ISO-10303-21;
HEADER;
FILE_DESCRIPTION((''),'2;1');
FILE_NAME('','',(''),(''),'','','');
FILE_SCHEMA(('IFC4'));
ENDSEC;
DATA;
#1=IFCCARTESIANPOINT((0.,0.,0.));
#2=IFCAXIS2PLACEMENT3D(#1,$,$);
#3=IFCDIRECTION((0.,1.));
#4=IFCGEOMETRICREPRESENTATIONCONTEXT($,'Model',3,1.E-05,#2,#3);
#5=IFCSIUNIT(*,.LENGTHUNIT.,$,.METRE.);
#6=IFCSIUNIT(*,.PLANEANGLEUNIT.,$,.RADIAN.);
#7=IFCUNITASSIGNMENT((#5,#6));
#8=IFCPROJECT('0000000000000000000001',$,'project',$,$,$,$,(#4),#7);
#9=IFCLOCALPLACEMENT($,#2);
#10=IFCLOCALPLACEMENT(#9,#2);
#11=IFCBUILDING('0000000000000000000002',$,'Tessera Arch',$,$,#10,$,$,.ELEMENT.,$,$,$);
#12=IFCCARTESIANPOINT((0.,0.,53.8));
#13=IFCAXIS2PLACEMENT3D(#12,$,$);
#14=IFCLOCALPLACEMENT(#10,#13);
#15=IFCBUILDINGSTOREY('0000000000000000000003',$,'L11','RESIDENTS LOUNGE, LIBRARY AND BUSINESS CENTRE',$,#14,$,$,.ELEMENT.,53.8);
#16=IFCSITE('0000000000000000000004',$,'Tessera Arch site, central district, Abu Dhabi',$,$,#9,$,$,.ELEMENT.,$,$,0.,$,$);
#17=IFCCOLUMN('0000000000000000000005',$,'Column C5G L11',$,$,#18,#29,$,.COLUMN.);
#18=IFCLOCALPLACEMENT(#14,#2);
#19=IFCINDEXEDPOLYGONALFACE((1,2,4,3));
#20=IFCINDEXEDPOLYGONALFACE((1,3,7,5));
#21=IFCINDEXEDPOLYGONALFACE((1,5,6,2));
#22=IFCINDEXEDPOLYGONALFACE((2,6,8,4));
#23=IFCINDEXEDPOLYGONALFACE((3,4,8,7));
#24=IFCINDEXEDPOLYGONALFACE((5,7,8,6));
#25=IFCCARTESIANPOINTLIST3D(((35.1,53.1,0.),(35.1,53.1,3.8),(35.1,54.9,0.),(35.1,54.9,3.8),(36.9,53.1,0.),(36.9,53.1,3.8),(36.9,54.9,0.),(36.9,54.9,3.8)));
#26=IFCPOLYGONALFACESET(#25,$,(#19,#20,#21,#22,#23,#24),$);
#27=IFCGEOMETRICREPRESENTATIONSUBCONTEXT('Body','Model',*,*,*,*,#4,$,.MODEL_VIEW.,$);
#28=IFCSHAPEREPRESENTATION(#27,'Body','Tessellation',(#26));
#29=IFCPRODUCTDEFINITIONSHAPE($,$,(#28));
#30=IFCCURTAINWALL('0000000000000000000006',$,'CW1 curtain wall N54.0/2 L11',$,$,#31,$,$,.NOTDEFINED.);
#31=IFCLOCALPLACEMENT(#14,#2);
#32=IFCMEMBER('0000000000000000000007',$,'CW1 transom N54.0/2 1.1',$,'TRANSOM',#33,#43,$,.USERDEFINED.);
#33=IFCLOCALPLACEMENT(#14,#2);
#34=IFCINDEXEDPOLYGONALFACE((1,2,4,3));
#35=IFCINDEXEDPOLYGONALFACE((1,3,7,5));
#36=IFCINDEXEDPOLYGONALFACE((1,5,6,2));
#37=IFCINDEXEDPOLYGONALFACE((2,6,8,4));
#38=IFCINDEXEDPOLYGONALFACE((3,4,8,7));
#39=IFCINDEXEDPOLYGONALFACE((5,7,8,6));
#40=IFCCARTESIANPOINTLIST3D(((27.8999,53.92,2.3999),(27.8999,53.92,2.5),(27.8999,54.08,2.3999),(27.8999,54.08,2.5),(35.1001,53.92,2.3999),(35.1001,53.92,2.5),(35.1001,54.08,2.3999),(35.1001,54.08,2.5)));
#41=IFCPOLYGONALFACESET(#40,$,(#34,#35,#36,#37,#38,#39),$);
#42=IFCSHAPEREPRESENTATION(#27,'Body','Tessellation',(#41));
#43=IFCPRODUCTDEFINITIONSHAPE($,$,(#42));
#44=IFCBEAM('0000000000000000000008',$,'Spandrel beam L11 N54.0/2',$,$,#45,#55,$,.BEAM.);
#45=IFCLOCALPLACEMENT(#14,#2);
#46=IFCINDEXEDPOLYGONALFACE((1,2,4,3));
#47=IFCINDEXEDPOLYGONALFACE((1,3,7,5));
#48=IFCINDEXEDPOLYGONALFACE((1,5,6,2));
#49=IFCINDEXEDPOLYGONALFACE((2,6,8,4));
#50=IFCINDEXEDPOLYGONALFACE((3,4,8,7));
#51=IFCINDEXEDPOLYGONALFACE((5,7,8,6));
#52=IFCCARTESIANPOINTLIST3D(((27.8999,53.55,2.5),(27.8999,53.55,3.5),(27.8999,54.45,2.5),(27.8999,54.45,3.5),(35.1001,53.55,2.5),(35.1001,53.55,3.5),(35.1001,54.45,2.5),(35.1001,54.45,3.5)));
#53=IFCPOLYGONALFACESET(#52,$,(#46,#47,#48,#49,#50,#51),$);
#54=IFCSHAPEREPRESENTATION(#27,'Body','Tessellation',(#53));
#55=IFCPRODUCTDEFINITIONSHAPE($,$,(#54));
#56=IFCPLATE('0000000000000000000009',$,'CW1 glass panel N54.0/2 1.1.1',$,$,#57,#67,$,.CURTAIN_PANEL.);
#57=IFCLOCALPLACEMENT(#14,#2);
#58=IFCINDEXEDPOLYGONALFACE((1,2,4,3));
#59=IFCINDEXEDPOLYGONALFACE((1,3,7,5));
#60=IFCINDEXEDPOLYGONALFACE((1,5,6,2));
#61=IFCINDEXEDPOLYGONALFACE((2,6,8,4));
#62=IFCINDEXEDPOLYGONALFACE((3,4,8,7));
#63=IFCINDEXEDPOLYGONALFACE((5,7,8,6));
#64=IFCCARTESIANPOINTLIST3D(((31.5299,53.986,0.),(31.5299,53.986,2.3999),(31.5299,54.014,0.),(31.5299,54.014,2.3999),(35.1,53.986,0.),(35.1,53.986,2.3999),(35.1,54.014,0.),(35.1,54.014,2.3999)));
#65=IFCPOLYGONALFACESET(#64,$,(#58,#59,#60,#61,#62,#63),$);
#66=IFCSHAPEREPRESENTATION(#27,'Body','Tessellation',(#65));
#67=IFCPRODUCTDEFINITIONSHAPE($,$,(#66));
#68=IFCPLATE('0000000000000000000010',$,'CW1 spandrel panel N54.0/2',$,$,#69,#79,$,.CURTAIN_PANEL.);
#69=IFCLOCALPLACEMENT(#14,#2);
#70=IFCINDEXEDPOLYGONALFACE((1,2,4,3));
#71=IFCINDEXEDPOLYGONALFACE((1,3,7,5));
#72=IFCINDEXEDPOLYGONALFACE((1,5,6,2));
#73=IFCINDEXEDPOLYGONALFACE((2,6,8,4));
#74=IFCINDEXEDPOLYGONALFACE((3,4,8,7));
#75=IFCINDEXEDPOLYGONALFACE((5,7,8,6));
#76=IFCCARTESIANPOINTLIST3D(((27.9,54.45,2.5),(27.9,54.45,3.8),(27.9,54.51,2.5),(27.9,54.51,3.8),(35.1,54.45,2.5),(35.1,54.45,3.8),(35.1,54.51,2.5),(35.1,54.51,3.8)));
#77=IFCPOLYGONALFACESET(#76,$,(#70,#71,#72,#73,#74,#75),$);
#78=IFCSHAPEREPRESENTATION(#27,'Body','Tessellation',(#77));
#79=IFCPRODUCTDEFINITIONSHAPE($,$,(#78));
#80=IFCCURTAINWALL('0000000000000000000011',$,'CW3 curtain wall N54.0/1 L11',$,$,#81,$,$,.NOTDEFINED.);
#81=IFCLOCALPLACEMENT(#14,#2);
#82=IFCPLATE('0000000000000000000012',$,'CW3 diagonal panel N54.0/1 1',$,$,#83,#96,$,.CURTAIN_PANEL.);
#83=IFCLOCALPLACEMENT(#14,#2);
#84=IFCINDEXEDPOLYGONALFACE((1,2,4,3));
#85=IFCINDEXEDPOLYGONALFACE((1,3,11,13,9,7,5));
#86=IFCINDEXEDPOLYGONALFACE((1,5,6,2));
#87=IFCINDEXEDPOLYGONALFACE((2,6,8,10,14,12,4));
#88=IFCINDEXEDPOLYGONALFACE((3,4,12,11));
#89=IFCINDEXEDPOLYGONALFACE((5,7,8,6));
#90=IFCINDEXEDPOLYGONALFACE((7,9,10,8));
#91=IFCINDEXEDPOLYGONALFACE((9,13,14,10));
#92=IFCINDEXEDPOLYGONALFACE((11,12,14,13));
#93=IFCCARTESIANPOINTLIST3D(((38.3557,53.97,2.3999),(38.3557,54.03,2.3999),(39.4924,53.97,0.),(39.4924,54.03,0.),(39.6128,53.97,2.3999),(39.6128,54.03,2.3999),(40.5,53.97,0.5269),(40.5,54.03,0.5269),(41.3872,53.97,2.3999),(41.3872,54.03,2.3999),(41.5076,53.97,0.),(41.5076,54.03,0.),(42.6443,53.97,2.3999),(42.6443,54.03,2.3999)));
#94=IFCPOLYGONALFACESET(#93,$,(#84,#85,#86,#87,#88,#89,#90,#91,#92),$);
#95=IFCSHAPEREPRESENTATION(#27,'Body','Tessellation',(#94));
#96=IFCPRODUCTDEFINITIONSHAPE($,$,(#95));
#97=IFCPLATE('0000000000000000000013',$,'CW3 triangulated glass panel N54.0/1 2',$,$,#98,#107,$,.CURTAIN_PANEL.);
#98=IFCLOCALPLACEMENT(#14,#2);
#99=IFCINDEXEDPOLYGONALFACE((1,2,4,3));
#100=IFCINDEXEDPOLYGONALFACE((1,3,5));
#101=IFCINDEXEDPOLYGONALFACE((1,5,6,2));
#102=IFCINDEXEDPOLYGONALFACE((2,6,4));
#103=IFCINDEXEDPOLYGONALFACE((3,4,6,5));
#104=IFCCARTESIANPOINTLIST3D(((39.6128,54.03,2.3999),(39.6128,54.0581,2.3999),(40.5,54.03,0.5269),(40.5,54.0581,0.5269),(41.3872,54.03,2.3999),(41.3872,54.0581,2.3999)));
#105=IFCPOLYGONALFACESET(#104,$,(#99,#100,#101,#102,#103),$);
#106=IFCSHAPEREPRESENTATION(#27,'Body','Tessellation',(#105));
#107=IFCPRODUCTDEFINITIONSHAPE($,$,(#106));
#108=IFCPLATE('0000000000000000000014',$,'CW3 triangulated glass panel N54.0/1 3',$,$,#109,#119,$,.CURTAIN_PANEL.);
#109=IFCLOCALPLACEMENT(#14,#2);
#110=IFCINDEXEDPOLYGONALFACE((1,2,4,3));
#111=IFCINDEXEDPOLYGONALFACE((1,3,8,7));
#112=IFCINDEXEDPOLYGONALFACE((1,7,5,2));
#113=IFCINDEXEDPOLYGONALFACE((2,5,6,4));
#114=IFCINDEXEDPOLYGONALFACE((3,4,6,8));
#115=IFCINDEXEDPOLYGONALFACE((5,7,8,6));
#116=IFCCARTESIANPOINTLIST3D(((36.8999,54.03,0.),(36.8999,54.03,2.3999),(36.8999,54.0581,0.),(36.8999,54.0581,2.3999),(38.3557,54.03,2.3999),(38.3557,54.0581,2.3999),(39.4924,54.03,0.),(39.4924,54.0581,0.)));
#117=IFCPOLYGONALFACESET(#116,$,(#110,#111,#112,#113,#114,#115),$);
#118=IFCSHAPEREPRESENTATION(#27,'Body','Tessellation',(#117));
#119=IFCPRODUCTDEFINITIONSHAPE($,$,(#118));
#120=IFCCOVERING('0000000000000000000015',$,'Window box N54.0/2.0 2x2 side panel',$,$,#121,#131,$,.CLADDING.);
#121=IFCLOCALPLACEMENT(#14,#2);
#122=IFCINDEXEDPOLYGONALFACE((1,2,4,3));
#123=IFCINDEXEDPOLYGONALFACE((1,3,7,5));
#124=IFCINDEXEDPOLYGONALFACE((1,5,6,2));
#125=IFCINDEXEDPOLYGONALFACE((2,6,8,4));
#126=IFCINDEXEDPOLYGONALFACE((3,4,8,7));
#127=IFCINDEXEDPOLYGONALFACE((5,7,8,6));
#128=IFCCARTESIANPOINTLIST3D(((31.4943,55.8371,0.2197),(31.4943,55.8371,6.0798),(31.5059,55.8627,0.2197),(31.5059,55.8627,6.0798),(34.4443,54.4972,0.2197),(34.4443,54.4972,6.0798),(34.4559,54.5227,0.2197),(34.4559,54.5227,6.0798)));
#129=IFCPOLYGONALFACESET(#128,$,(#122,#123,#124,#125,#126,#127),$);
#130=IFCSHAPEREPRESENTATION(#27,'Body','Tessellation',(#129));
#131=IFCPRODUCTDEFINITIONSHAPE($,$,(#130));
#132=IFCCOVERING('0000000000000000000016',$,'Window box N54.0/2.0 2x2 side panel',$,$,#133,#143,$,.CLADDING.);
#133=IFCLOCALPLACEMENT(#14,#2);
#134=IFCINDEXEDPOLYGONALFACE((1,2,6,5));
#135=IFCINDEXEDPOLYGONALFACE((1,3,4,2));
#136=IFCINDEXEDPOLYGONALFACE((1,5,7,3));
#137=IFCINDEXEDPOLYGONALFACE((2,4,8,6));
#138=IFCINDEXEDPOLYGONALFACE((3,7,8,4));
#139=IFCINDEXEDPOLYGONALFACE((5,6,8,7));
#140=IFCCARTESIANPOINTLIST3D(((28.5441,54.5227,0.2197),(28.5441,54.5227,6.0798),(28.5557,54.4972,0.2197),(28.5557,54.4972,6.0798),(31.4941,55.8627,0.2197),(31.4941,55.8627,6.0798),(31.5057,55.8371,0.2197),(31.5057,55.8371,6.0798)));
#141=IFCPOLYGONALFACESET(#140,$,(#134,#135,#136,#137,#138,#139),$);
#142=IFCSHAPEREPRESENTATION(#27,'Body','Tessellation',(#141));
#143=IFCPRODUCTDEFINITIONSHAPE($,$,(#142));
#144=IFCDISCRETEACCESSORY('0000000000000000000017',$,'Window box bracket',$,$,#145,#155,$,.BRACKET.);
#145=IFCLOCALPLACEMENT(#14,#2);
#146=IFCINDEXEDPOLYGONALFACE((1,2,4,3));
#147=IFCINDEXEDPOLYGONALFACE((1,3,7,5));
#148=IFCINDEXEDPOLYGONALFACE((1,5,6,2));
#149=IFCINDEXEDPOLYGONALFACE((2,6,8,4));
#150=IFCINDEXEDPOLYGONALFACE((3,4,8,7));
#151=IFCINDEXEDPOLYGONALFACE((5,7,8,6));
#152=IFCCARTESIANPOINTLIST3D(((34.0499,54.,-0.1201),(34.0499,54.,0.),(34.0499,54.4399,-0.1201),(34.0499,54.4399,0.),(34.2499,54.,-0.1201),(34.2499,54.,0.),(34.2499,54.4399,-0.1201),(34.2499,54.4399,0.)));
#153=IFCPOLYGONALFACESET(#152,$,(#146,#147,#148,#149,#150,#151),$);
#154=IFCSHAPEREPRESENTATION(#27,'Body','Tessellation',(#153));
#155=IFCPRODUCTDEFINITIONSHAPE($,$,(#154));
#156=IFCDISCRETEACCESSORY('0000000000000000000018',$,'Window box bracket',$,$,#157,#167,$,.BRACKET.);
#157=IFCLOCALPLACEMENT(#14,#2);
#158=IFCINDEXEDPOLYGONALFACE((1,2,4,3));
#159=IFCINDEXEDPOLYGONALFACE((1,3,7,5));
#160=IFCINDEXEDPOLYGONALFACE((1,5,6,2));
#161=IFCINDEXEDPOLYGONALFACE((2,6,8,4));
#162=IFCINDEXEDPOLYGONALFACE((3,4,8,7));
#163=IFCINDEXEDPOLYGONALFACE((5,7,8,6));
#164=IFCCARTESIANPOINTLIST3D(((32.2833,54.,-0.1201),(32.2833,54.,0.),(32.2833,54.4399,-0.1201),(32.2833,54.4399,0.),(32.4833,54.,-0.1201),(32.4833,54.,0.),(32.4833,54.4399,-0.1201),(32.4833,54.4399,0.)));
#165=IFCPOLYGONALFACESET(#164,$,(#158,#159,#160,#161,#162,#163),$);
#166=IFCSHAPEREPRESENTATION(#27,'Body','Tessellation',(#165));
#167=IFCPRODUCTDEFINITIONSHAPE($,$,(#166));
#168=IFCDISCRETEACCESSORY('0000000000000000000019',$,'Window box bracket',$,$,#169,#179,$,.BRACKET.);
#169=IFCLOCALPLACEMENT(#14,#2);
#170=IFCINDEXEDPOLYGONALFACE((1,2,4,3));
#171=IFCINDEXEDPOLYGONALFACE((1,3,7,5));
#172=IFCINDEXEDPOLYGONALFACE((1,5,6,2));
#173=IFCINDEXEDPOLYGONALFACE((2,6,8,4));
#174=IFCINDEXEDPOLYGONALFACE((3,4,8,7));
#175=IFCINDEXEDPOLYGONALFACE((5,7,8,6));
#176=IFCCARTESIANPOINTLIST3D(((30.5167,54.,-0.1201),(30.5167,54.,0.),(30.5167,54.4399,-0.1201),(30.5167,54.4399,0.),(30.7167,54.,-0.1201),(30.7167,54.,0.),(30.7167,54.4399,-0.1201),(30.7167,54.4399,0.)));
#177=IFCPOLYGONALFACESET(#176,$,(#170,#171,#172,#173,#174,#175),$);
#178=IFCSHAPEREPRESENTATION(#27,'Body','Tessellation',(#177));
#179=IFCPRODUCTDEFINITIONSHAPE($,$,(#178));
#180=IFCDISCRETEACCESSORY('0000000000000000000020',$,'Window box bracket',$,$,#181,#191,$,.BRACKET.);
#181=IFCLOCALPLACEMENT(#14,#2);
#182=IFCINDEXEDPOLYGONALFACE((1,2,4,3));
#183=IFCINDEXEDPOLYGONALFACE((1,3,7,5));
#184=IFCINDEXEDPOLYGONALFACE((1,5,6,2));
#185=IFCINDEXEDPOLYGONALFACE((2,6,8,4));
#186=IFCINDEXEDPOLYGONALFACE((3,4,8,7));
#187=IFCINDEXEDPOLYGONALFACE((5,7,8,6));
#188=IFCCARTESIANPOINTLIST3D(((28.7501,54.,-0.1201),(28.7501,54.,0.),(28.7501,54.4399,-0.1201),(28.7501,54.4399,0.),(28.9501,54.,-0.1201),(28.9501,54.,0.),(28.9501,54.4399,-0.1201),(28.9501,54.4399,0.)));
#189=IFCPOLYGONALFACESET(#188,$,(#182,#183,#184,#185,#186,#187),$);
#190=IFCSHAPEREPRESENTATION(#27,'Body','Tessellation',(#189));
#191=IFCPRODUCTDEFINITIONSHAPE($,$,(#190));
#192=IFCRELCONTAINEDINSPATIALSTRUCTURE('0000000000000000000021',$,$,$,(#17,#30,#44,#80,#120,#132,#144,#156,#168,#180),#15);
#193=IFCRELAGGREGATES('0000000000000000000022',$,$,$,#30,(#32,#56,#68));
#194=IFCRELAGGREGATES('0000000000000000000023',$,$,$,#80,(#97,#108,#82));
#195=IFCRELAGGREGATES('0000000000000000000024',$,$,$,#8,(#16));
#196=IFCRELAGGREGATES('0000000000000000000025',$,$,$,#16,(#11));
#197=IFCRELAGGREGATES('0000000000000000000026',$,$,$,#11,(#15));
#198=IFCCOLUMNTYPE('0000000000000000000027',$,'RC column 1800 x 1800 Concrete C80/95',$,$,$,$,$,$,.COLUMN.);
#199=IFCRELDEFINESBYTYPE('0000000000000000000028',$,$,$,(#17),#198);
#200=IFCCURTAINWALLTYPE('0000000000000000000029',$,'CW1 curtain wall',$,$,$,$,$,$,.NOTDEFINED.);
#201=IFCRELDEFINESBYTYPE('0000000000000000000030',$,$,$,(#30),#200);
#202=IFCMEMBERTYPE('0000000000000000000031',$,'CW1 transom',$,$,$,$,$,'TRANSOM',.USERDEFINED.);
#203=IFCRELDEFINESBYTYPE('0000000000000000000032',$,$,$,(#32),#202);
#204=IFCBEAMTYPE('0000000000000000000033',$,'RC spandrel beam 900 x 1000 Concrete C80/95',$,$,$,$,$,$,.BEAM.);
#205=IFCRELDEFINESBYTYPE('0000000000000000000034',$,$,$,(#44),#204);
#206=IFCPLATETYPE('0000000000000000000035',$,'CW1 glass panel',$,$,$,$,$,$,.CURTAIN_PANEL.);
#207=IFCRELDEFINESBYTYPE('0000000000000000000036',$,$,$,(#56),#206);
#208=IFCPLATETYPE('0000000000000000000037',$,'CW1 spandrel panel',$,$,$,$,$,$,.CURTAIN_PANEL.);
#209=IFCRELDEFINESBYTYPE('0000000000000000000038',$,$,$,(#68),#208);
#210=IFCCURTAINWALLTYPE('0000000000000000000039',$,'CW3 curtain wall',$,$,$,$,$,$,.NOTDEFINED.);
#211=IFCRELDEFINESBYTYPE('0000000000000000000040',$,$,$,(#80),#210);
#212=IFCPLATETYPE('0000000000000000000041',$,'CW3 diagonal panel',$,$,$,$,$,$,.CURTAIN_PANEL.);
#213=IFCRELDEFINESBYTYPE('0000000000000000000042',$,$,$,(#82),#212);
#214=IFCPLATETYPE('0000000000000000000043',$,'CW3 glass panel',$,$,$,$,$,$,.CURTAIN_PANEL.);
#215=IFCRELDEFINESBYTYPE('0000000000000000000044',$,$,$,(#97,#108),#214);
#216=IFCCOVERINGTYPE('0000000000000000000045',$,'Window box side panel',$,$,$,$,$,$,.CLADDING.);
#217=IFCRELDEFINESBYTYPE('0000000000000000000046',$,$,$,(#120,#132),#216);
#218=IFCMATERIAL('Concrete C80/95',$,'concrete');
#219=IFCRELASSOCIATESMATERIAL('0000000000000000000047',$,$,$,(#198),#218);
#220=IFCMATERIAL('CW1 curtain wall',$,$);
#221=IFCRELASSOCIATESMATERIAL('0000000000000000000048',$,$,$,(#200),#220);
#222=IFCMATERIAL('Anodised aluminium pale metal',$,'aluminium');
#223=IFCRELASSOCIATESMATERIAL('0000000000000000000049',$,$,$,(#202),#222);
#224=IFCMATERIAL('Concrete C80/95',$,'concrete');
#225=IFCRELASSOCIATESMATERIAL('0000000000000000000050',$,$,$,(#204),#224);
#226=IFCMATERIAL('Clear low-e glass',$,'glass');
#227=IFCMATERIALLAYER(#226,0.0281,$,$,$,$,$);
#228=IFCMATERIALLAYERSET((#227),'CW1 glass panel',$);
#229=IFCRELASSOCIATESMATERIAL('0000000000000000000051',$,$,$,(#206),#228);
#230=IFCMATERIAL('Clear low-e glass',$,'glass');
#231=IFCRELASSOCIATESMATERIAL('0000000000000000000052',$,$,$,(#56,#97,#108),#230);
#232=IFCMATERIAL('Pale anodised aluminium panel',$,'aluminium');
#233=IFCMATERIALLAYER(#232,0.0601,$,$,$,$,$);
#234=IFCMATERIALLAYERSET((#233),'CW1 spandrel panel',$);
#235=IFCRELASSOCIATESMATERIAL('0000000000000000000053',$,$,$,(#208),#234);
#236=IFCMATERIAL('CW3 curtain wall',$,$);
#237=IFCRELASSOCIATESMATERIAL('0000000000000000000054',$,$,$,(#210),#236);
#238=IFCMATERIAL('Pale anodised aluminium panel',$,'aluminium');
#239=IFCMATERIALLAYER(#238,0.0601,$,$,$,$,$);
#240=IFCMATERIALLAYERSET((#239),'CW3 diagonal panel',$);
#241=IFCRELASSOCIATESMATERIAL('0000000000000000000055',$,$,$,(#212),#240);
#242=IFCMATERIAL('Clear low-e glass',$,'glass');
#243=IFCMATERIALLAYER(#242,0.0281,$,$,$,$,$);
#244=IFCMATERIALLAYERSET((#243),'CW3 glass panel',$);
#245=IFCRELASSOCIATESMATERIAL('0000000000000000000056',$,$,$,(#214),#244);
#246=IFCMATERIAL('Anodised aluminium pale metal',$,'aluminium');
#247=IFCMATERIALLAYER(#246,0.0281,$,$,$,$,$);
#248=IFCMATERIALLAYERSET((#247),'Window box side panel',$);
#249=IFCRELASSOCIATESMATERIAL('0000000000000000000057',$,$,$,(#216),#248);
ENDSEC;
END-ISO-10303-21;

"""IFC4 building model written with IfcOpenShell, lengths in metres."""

from ifc_helpers import new_model, si_unit, direction, frame, origin, origin_2d, place, context, subcontext, project, spatial, polyline, rectangle, outline, extrude, material, layer, layer_set, material_profile, profile_set, type_object, element, aggregate, save


model = new_model("IFC4")

# Units and contexts
model_context = context("Model", 3, precision=1e-05, world=origin(), true_north=direction((0.0, 1.0)))
body_context = subcontext(model_context, "Body", "Model", "MODEL_VIEW")
ifc_project = project(units=[si_unit("LENGTHUNIT", "METRE"), si_unit("PLANEANGLEUNIT", "RADIAN")], contexts=[model_context])

# Site, building, storey
site_placement = place(None, origin())
site = spatial("IfcSite", under=ifc_project, at=site_placement, Name="Tessera Arch site, central district, Abu Dhabi", CompositionType="ELEMENT", RefElevation=0.0)
building_placement = place(site_placement, origin())
building = spatial("IfcBuilding", under=site, at=building_placement, Name="Tessera Arch", CompositionType="ELEMENT")
storey_placement = place(building_placement, frame((0.0, 0.0, 53.8)))
storey = spatial("IfcBuildingStorey", under=building, at=storey_placement, Name="L11", Description="RESIDENTS LOUNGE, LIBRARY AND BUSINESS CENTRE", CompositionType="ELEMENT", Elevation=53.8)

# Column
ifc_material_1 = material(Name="Concrete C80/95", Category="concrete")
ifc_material_profile_1 = material_profile(ifc_material_1, rectangle(XDim=1.8, YDim=1.8, at=origin_2d()), Name="RC column 1800 x 1800 Concrete C80/95")
ifc_profile_set_1 = profile_set([ifc_material_profile_1], Name="Concrete C80/95")
column_type = type_object("IfcColumnType", Name="RC column 1800 x 1800 Concrete C80/95", PredefinedType="COLUMN", material=ifc_profile_set_1)
column_placement = place(storey_placement, frame((36.0, 54.0, 0.0), z_axis=(0.0, 0.0, 1.0), x_axis=(1.0, 0.0, 0.0)))
element("IfcColumn", 1, at=column_placement, inside=storey, type_object=column_type, Name="Column C5G L11", PredefinedType="COLUMN", context=body_context, shape_type="SweptSolid", body=[
    extrude(rectangle(XDim=1.8, YDim=1.8, at=origin_2d()), origin(), (0.0, 0.0, 1.0), 3.8),
])

# Curtain wall, member
ifc_material_2 = material(Name="CW1 curtain wall")
curtain_wall_type_1 = type_object("IfcCurtainWallType", Name="CW1 curtain wall", PredefinedType="NOTDEFINED", material=ifc_material_2)
curtain_wall_1_placement = place(storey_placement, origin())
curtain_wall_1 = element("IfcCurtainWall", 2, at=curtain_wall_1_placement, inside=storey, type_object=curtain_wall_type_1, Name="CW1 curtain wall N54.0/2 L11", PredefinedType="NOTDEFINED")
ifc_material_3 = material(Name="Anodised aluminium pale metal", Category="aluminium")
ifc_material_profile_2 = material_profile(ifc_material_3, rectangle(XDim=0.1599, YDim=0.1001, at=origin_2d()), Name="AL 160x100")
ifc_profile_set_2 = profile_set([ifc_material_profile_2], Name="Anodised aluminium pale metal")
member_type = type_object("IfcMemberType", Name="CW1 transom", ElementType="TRANSOM", PredefinedType="USERDEFINED", material=ifc_profile_set_2)
member_placement = place(storey_placement, frame((35.1001, 54.0, 2.45), z_axis=(-1.0, 0.0, 0.0), x_axis=(0.0, -1.0, 0.0)))
member = element("IfcMember", 3, at=member_placement, type_object=member_type, Name="CW1 transom N54.0/2 1.1", ObjectType="TRANSOM", PredefinedType="USERDEFINED", context=body_context, shape_type="SweptSolid", body=[
    extrude(rectangle(XDim=0.1599, YDim=0.1001, at=origin_2d()), origin(), (0.0, 0.0, 1.0), 7.2002),
])

# Beam
ifc_material_4 = material(Name="Concrete C80/95", Category="concrete")
ifc_material_profile_3 = material_profile(ifc_material_4, rectangle(XDim=0.8999, YDim=1.0, at=origin_2d()), Name="RC spandrel beam 900 x 1000 Concrete C80/95")
ifc_profile_set_3 = profile_set([ifc_material_profile_3], Name="Concrete C80/95")
beam_type = type_object("IfcBeamType", Name="RC spandrel beam 900 x 1000 Concrete C80/95", PredefinedType="BEAM", material=ifc_profile_set_3)
beam_placement = place(storey_placement, frame((35.1001, 54.0, 3.0), z_axis=(-1.0, 0.0, 0.0), x_axis=(0.0, -1.0, 0.0)))
element("IfcBeam", 4, at=beam_placement, inside=storey, type_object=beam_type, Name="Spandrel beam L11 N54.0/2", PredefinedType="BEAM", context=body_context, shape_type="SweptSolid", body=[
    extrude(rectangle(XDim=0.8999, YDim=1.0, at=origin_2d()), origin(), (0.0, 0.0, 1.0), 7.2002),
])

# Plates
ifc_material_5 = material(Name="Clear low-e glass", Category="glass")
ifc_material_6 = material(Name="Clear low-e glass", Category="glass")
ifc_layer_1 = layer(ifc_material_6, 0.0281)
ifc_layer_set_1 = layer_set([ifc_layer_1], Name="CW1 glass panel")
plate_type_1 = type_object("IfcPlateType", Name="CW1 glass panel", PredefinedType="CURTAIN_PANEL", material=ifc_layer_set_1)
plate_1_placement = place(storey_placement, frame((33.3149, 54.0, 0.0), z_axis=(0.0, 0.0, 1.0), x_axis=(-1.0, 0.0, 0.0)))
plate_1 = element("IfcPlate", 5, at=plate_1_placement, type_object=plate_type_1, material=ifc_material_5, Name="CW1 glass panel N54.0/2 1.1.1", PredefinedType="CURTAIN_PANEL", context=body_context, shape_type="SweptSolid", body=[
    extrude(rectangle(XDim=3.5701, YDim=0.0281, at=origin_2d()), origin(), (0.0, 0.0, 1.0), 2.3999),
])
ifc_material_7 = material(Name="Pale anodised aluminium panel", Category="aluminium")
ifc_layer_2 = layer(ifc_material_7, 0.0601)
ifc_layer_set_2 = layer_set([ifc_layer_2], Name="CW1 spandrel panel")
plate_type_2 = type_object("IfcPlateType", Name="CW1 spandrel panel", PredefinedType="CURTAIN_PANEL", material=ifc_layer_set_2)
plate_2_placement = place(storey_placement, frame((31.5, 54.48, 2.5), z_axis=(0.0, 0.0, 1.0), x_axis=(-1.0, 0.0, 0.0)))
plate_2 = element("IfcPlate", 6, at=plate_2_placement, type_object=plate_type_2, Name="CW1 spandrel panel N54.0/2", PredefinedType="CURTAIN_PANEL", context=body_context, shape_type="SweptSolid", body=[
    extrude(rectangle(XDim=7.2, YDim=0.0601, at=origin_2d()), origin(), (0.0, 0.0, 1.0), 1.3),
])
aggregate(curtain_wall_1, [member, plate_1, plate_2])

# Curtain wall, plates
ifc_material_8 = material(Name="CW3 curtain wall")
curtain_wall_type_2 = type_object("IfcCurtainWallType", Name="CW3 curtain wall", PredefinedType="NOTDEFINED", material=ifc_material_8)
curtain_wall_2_placement = place(storey_placement, origin())
curtain_wall_2 = element("IfcCurtainWall", 7, at=curtain_wall_2_placement, inside=storey, type_object=curtain_wall_type_2, Name="CW3 curtain wall N54.0/1 L11", PredefinedType="NOTDEFINED")
ifc_material_9 = material(Name="Pale anodised aluminium panel", Category="aluminium")
ifc_layer_3 = layer(ifc_material_9, 0.0601)
ifc_layer_set_3 = layer_set([ifc_layer_3], Name="CW3 diagonal panel")
plate_type_3 = type_object("IfcPlateType", Name="CW3 diagonal panel", PredefinedType="CURTAIN_PANEL", material=ifc_layer_set_3)
plate_3_placement = place(storey_placement, frame((38.3557, 54.03, 2.3999), z_axis=(0.0, 1.0, 0.0), x_axis=(1.0, 0.0, 0.0)))
plate_3 = element("IfcPlate", 8, at=plate_3_placement, type_object=plate_type_3, Name="CW3 diagonal panel N54.0/1 1", PredefinedType="CURTAIN_PANEL", context=body_context, shape_type="SweptSolid", body=[
    extrude(outline(polyline([(0.0, 0.0), (1.2571, 0.0), (2.1443, 1.873), (3.0315, 0.0), (4.2886, 0.0), (3.1519, 2.3999), (1.1367, 2.3999), (0.0, 0.0)])), origin(), (0.0, 0.0, -1.0), 0.0601),
])
ifc_material_10 = material(Name="Clear low-e glass", Category="glass")
ifc_layer_4 = layer(ifc_material_10, 0.0281)
ifc_layer_set_4 = layer_set([ifc_layer_4], Name="CW3 glass panel")
plate_type_4 = type_object("IfcPlateType", Name="CW3 glass panel", PredefinedType="CURTAIN_PANEL", material=ifc_layer_set_4)
plate_4_placement = place(storey_placement, frame((39.6128, 54.0581, 2.3999), z_axis=(0.0, 1.0, 0.0), x_axis=(1.0, 0.0, 0.0)))
plate_4 = element("IfcPlate", 9, at=plate_4_placement, type_object=plate_type_4, material=ifc_material_5, Name="CW3 triangulated glass panel N54.0/1 2", PredefinedType="CURTAIN_PANEL", context=body_context, shape_type="SweptSolid", body=[
    extrude(outline(polyline([(0.0, 0.0), (1.7744, 0.0), (0.8872, 1.873), (0.0, 0.0)])), origin(), (0.0, 0.0, -1.0), 0.0281),
])
plate_5_placement = place(storey_placement, frame((36.8999, 54.0581, 2.3999), z_axis=(0.0, 1.0, 0.0), x_axis=(1.0, 0.0, 0.0)))
plate_5 = element("IfcPlate", 10, at=plate_5_placement, type_object=plate_type_4, material=ifc_material_5, Name="CW3 triangulated glass panel N54.0/1 3", PredefinedType="CURTAIN_PANEL", context=body_context, shape_type="SweptSolid", body=[
    extrude(outline(polyline([(0.0, 0.0), (1.4558, 0.0), (2.5925, 2.3999), (0.0, 2.3999), (0.0, 0.0)])), origin(), (0.0, 0.0, -1.0), 0.0281),
])
aggregate(curtain_wall_2, [plate_4, plate_5, plate_3])

# Coverings
ifc_material_11 = material(Name="Anodised aluminium pale metal", Category="aluminium")
ifc_layer_5 = layer(ifc_material_11, 0.0281)
ifc_layer_set_5 = layer_set([ifc_layer_5], Name="Window box side panel")
covering_type = type_object("IfcCoveringType", Name="Window box side panel", PredefinedType="CLADDING", material=ifc_layer_set_5)
for number, where, z_axis, x_axis, name in (
    (11, (32.9751, 55.1799, 0.2197), (0.0, 0.0, 1.0), (-0.910472, 0.41357, 0.0), "Window box N54.0/2.0 2x2 side panel"),
    (12, (30.0249, 55.1799, 0.2197), (0.0, 0.0, 1.0), (0.910472, 0.41357, 0.0), "Window box N54.0/2.0 2x2 side panel"),
):
    element("IfcCovering", number, at=place(storey_placement, frame(where, z_axis=z_axis, x_axis=x_axis)), inside=storey, type_object=covering_type, Name=name, PredefinedType="CLADDING", context=body_context, shape_type="SweptSolid", body=[
        extrude(rectangle(XDim=3.24, YDim=0.0281, at=origin_2d()), origin(), (0.0, 0.0, 1.0), 5.8601),
    ])

# Discrete accessories
for number, where, z_axis, x_axis, name in (
    (13, (34.1499, 54.22, -0.1201), (0.0, 0.0, 1.0), (0.0, 1.0, 0.0), "Window box bracket"),
    (14, (32.3833, 54.22, -0.1201), (0.0, 0.0, 1.0), (0.0, 1.0, 0.0), "Window box bracket"),
    (15, (30.6167, 54.22, -0.1201), (0.0, 0.0, 1.0), (0.0, 1.0, 0.0), "Window box bracket"),
    (16, (28.8501, 54.22, -0.1201), (0.0, 0.0, 1.0), (0.0, 1.0, 0.0), "Window box bracket"),
):
    element("IfcDiscreteAccessory", number, at=place(storey_placement, frame(where, z_axis=z_axis, x_axis=x_axis)), inside=storey, Name=name, PredefinedType="BRACKET", context=body_context, shape_type="SweptSolid", body=[
        extrude(rectangle(XDim=0.4399, YDim=0.2, at=origin_2d()), origin(), (0.0, 0.0, 1.0), 0.1201),
    ])

save(model, "model.ifc")
